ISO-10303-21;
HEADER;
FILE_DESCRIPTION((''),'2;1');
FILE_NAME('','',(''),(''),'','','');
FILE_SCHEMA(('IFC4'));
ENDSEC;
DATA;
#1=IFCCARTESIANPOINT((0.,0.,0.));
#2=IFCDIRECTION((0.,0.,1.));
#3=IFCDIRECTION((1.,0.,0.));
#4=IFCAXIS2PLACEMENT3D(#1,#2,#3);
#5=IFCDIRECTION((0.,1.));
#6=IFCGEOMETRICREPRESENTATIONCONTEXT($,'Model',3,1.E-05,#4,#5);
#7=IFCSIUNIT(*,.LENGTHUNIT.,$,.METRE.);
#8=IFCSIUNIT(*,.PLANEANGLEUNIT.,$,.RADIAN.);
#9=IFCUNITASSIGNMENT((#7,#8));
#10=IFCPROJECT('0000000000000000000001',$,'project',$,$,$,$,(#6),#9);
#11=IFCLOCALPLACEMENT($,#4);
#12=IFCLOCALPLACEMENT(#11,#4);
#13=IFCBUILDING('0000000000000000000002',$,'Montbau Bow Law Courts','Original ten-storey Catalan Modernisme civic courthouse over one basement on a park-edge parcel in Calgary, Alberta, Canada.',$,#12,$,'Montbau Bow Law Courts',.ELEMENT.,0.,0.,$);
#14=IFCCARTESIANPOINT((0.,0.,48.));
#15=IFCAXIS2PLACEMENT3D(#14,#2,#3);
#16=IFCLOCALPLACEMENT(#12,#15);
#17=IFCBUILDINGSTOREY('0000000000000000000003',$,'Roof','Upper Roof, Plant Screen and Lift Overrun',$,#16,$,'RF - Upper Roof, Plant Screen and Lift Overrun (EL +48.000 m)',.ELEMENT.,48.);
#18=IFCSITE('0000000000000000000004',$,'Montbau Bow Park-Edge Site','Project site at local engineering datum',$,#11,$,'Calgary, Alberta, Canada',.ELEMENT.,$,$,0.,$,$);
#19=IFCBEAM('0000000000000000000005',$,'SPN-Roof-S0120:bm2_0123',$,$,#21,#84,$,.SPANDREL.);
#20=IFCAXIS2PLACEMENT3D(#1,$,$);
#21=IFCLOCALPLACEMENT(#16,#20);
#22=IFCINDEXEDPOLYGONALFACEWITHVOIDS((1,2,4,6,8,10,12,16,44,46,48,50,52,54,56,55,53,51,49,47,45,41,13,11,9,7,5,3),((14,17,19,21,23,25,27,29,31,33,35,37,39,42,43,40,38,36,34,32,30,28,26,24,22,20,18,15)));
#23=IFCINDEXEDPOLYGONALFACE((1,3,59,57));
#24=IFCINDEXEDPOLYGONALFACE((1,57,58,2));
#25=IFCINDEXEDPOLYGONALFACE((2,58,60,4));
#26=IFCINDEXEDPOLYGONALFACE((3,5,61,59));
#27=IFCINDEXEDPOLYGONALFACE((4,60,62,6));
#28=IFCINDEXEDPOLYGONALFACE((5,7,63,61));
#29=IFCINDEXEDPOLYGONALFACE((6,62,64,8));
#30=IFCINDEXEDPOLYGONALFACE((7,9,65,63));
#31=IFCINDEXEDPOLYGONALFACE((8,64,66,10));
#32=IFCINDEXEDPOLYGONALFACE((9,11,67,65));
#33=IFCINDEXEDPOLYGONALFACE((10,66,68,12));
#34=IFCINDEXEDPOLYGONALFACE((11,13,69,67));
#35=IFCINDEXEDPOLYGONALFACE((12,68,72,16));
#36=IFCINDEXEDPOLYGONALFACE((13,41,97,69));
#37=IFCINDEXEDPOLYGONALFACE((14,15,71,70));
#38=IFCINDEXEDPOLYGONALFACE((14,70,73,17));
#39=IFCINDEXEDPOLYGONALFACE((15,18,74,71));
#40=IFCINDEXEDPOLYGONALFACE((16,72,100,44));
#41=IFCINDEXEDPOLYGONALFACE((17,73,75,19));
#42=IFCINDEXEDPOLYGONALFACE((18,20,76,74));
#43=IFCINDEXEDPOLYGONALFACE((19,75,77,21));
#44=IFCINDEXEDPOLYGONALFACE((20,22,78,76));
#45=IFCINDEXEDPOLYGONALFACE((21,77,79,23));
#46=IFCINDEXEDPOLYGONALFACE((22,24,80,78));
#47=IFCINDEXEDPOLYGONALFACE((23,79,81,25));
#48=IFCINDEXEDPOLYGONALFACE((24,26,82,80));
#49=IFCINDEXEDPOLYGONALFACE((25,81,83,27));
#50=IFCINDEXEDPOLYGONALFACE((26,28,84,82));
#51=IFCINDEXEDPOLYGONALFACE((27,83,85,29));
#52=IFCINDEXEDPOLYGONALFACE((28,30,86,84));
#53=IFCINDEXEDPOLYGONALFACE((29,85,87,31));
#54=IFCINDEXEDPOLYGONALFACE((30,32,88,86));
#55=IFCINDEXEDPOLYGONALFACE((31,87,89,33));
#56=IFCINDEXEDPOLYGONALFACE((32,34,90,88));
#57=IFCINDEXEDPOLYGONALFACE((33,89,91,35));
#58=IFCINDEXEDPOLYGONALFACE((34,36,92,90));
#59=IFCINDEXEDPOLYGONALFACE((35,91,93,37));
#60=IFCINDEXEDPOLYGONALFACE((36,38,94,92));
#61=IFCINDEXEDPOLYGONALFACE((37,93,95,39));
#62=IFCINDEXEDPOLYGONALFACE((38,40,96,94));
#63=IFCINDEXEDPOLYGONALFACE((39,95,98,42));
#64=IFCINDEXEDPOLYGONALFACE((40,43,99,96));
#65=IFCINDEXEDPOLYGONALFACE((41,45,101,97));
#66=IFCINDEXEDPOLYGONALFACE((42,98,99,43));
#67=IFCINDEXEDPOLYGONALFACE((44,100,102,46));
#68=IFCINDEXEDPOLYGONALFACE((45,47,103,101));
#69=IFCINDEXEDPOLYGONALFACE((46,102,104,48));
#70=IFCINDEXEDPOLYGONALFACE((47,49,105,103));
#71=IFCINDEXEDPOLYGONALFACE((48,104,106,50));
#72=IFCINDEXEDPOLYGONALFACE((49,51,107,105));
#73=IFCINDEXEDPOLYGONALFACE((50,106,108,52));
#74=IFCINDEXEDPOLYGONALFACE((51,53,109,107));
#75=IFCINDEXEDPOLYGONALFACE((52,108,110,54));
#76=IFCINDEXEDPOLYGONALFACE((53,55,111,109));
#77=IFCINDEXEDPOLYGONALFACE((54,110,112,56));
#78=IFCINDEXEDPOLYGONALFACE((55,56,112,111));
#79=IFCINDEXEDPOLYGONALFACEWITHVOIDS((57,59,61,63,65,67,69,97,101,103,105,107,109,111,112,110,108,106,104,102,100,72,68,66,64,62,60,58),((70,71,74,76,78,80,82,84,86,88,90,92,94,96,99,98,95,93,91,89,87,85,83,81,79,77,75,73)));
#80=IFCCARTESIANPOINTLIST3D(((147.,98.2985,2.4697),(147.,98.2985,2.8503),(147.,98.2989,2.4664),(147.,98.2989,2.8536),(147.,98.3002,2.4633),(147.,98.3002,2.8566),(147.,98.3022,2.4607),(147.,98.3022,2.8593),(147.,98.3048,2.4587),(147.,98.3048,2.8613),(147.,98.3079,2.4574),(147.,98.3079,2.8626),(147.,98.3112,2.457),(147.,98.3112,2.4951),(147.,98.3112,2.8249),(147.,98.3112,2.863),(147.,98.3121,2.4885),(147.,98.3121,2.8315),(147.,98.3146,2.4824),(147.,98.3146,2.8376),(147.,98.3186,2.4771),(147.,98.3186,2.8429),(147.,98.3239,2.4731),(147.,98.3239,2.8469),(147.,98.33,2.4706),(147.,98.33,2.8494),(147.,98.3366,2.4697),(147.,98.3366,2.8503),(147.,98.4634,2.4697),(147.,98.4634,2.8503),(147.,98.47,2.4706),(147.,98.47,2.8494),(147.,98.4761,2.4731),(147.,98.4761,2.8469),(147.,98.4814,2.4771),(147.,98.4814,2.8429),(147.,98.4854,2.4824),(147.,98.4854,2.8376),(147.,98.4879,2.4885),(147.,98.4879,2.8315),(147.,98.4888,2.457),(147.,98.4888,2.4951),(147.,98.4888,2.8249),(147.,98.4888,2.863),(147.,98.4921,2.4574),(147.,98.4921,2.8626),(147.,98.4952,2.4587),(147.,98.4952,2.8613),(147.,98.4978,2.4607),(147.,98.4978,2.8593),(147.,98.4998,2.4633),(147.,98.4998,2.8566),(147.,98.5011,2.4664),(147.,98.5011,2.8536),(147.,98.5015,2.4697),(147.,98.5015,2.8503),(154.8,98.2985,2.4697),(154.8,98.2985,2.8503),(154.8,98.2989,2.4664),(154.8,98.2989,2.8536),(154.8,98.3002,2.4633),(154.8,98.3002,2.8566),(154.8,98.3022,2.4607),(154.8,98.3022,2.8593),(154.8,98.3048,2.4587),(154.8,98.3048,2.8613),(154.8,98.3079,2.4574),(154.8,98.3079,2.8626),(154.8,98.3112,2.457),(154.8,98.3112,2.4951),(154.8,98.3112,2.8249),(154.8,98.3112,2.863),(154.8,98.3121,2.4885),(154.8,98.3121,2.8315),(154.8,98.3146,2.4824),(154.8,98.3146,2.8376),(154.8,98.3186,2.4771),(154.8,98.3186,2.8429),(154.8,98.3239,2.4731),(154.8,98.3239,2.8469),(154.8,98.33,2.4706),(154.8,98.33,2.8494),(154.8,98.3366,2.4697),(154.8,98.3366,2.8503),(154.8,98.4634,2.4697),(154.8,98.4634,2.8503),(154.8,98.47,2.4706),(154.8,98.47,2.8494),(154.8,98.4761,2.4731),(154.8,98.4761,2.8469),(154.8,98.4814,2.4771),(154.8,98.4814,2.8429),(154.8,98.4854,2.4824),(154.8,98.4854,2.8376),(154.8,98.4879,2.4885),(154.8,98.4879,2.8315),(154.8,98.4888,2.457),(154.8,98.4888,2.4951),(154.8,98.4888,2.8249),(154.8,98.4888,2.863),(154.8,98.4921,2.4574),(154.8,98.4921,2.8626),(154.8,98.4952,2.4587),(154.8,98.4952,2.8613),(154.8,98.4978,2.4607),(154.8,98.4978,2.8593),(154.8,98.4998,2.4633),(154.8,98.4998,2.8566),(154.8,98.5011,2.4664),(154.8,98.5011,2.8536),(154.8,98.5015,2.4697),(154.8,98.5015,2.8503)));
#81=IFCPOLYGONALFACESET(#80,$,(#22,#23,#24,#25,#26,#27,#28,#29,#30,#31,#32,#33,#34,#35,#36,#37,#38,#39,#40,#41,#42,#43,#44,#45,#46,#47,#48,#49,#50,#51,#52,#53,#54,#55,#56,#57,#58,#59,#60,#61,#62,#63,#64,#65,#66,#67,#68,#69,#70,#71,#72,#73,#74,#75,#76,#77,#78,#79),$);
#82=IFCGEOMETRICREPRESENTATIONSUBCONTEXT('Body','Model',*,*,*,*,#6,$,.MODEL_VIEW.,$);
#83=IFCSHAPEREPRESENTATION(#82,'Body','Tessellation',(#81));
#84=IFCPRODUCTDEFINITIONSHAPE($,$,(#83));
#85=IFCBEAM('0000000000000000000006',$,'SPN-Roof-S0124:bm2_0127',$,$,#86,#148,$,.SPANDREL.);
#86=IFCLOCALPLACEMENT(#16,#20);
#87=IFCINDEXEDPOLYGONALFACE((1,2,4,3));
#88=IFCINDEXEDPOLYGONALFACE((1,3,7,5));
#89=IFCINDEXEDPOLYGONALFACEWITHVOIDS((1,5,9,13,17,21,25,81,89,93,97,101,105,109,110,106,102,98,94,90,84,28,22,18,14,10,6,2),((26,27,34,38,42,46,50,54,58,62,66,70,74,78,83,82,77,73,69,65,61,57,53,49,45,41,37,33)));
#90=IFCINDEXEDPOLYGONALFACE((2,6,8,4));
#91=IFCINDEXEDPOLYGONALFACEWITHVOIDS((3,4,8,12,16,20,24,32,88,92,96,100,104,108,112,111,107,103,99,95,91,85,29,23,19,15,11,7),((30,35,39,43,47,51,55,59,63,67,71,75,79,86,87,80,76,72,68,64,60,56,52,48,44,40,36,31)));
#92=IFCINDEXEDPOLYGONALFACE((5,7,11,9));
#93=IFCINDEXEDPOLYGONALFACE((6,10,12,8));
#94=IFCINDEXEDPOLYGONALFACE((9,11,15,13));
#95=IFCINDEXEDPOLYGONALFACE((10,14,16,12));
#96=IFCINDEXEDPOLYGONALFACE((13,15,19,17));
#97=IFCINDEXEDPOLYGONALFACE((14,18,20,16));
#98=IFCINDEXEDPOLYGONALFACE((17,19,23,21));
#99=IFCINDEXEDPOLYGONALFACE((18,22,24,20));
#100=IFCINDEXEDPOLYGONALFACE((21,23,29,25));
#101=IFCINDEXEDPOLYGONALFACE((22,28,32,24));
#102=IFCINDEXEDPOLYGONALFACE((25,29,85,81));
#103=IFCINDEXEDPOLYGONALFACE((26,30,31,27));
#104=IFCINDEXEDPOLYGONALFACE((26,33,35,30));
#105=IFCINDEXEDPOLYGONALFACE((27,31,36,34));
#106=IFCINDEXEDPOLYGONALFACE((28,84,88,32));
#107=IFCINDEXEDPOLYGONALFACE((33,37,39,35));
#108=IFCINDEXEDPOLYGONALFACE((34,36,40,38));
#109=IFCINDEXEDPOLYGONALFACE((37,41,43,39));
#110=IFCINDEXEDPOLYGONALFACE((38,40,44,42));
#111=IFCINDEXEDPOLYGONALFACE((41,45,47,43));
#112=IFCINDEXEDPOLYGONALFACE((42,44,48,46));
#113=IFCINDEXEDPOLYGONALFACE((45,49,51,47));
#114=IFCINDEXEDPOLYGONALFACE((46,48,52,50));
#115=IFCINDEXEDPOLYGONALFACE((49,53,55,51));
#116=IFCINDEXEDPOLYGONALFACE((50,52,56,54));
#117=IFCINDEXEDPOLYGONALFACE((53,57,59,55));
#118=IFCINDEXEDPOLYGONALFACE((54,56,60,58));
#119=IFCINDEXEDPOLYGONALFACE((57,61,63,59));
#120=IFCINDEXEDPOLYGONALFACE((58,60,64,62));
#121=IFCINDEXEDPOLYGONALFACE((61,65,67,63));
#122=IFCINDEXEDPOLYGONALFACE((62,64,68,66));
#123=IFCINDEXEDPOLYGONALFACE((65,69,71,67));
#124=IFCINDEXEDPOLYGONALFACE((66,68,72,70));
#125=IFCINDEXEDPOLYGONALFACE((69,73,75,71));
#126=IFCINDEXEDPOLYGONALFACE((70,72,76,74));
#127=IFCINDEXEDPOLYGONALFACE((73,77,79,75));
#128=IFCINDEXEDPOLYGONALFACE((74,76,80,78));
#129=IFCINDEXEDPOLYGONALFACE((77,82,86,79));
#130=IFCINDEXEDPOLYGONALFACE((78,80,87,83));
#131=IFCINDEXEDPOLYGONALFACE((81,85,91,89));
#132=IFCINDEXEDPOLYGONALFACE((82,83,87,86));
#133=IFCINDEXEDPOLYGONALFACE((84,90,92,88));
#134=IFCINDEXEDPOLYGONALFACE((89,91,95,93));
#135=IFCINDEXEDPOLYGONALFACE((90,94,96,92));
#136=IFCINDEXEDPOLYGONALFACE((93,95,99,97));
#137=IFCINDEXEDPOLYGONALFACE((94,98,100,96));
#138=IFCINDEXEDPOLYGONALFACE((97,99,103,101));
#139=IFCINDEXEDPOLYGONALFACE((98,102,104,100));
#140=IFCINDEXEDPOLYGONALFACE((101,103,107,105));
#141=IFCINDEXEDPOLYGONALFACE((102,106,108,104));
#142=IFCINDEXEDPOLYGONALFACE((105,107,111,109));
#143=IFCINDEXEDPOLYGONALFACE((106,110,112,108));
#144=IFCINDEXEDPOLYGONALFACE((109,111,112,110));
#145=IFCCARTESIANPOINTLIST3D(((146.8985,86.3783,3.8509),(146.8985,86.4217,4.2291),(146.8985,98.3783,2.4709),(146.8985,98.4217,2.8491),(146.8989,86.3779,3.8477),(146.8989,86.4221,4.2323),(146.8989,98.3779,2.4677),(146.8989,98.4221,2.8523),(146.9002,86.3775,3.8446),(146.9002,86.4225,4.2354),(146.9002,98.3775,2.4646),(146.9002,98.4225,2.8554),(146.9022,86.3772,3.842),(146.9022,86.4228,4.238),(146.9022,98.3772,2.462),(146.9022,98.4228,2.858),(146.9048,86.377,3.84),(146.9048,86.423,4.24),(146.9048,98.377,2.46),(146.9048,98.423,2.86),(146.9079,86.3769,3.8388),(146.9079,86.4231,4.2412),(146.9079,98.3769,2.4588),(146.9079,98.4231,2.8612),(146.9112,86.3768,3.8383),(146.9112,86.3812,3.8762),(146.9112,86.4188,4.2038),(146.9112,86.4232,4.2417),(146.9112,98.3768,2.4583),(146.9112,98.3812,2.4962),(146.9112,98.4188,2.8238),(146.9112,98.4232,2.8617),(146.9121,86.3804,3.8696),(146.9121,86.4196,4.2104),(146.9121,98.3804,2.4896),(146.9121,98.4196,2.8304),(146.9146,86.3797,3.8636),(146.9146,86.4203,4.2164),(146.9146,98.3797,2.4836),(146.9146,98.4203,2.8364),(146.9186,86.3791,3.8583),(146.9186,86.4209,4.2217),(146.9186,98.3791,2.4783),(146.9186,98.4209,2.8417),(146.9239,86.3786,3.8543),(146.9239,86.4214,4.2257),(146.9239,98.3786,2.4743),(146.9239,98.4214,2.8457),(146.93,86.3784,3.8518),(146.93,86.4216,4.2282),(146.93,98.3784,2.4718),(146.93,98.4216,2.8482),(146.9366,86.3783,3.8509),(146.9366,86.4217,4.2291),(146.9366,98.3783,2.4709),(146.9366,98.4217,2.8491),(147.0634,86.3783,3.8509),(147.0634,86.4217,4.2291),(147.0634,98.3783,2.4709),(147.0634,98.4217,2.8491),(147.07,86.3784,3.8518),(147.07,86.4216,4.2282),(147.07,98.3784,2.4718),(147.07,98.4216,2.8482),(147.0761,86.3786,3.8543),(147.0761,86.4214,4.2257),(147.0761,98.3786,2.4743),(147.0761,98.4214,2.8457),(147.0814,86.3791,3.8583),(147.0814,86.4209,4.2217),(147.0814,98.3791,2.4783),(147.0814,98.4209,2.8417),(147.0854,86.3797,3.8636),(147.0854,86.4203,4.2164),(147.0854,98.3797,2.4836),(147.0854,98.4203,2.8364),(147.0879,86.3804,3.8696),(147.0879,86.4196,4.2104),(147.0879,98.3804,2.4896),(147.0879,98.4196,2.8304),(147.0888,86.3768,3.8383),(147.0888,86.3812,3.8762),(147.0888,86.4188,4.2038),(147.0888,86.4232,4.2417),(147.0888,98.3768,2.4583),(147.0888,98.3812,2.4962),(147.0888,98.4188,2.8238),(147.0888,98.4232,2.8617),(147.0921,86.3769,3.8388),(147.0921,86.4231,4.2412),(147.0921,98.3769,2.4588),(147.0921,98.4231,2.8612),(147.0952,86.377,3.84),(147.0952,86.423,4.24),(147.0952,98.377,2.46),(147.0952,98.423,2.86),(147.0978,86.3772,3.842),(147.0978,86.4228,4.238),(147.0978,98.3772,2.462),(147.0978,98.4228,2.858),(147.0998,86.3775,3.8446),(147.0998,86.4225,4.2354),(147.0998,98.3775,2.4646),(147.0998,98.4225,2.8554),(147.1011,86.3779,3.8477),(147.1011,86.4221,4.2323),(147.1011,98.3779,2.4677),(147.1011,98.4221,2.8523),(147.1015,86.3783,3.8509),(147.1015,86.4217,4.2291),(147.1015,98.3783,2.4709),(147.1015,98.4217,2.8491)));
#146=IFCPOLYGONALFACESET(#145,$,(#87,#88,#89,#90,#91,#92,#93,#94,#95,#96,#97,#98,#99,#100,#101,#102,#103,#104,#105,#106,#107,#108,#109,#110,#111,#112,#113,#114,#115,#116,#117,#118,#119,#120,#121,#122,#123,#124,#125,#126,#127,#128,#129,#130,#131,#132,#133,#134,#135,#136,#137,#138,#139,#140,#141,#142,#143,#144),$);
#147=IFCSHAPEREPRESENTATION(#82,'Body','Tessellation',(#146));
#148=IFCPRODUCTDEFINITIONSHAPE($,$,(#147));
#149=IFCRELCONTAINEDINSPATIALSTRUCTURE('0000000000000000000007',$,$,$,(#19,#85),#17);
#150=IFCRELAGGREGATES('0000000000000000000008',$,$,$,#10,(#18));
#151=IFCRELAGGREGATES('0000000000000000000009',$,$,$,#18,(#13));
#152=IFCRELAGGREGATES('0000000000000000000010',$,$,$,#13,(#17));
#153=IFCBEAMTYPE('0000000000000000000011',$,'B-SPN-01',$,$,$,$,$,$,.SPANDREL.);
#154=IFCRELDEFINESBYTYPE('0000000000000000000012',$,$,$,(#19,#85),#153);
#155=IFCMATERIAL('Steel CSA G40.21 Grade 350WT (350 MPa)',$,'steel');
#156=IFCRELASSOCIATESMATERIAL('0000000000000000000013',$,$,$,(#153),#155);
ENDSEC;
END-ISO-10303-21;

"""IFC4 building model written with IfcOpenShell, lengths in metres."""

from ifc_helpers import new_model, si_unit, direction, frame, origin_with_axes, origin_2d_with_axis, place, context, subcontext, project, spatial, hollow_rectangle, extrude, material, material_profile, profile_set, type_object, element, save


model = new_model("IFC4")

# Units and contexts
model_context = context("Model", 3, precision=1e-05, world=origin_with_axes(), true_north=direction((0.0, 1.0)))
body_context = subcontext(model_context, "Body", "Model", "MODEL_VIEW")
ifc_project = project(units=[si_unit("LENGTHUNIT", "METRE"), si_unit("PLANEANGLEUNIT", "RADIAN")], contexts=[model_context])

# Site, building, storey
site_placement = place(None, origin_with_axes())
site = spatial("IfcSite", under=ifc_project, at=site_placement, Name="Montbau Bow Park-Edge Site", Description="Project site at local engineering datum", LongName="Calgary, Alberta, Canada", CompositionType="ELEMENT", RefElevation=0.0)
building_placement = place(site_placement, origin_with_axes())
building = spatial("IfcBuilding", under=site, at=building_placement, Name="Montbau Bow Law Courts", Description="Original ten-storey Catalan Modernisme civic courthouse over one basement on a park-edge parcel in Calgary, Alberta, Canada.", LongName="Montbau Bow Law Courts", CompositionType="ELEMENT", ElevationOfRefHeight=0.0, ElevationOfTerrain=0.0)
storey_placement = place(building_placement, frame((0.0, 0.0, 48.0), z_axis=(0.0, 0.0, 1.0), x_axis=(1.0, 0.0, 0.0)))
storey = spatial("IfcBuildingStorey", under=building, at=storey_placement, Name="Roof", Description="Upper Roof, Plant Screen and Lift Overrun", LongName="RF - Upper Roof, Plant Screen and Lift Overrun (EL +48.000 m)", CompositionType="ELEMENT", Elevation=48.0)

# Beams
ifc_material_1 = material(Name="Steel CSA G40.21 Grade 350WT (350 MPa)", Category="steel")
ifc_material_profile_1 = material_profile(ifc_material_1, hollow_rectangle(XDim=0.203, YDim=0.406, WallThickness=0.0127, InnerFilletRadius=0.0254, OuterFilletRadius=0.0127, at=origin_2d_with_axis()), Name="HSS406X203X13", Category="Main", Priority=0)
ifc_profile_set_1 = profile_set([ifc_material_profile_1], Name="Steel CSA G40.21 Grade 350WT (350 MPa)")
beam_type_1 = type_object("IfcBeamType", Name="B-SPN-01", PredefinedType="SPANDREL", material=ifc_profile_set_1)
for number, where, z_axis, x_axis, name in (
    (1, (147.0, 98.4, 50.66), (1.0, 0.0, 0.0), (0.0, 1.0, 0.0), "SPN-Roof-S0120:bm2_0123"),
):
    element("IfcBeam", number, at=place(None, frame(where, z_axis=z_axis, x_axis=x_axis)), inside=storey, type_object=beam_type_1, Name=name, PredefinedType="SPANDREL", context=body_context, shape_type="SweptSolid", body=[
        extrude(hollow_rectangle(XDim=0.203, YDim=0.406, WallThickness=0.0127, InnerFilletRadius=0.0254, OuterFilletRadius=0.0127, at=origin_2d_with_axis()), origin_with_axes(), (0.0, 0.0, 1.0), 7.8),
    ])
beam_1_placement = place(None, frame((147.0, 86.4, 52.04), z_axis=(0.0, 0.993452, -0.114247), x_axis=(-1.0, 0.0, 0.0)))
element("IfcBeam", 2, at=beam_1_placement, inside=storey, type_object=beam_type_1, Name="SPN-Roof-S0124:bm2_0127", PredefinedType="SPANDREL", context=body_context, shape_type="SweptSolid", body=[
    extrude(hollow_rectangle(XDim=0.203, YDim=0.406, WallThickness=0.0127, InnerFilletRadius=0.0254, OuterFilletRadius=0.0127, at=origin_2d_with_axis()), origin_with_axes(), (0.0, 0.0, 1.0), 12.0791),
])

save(model, "model.ifc")
